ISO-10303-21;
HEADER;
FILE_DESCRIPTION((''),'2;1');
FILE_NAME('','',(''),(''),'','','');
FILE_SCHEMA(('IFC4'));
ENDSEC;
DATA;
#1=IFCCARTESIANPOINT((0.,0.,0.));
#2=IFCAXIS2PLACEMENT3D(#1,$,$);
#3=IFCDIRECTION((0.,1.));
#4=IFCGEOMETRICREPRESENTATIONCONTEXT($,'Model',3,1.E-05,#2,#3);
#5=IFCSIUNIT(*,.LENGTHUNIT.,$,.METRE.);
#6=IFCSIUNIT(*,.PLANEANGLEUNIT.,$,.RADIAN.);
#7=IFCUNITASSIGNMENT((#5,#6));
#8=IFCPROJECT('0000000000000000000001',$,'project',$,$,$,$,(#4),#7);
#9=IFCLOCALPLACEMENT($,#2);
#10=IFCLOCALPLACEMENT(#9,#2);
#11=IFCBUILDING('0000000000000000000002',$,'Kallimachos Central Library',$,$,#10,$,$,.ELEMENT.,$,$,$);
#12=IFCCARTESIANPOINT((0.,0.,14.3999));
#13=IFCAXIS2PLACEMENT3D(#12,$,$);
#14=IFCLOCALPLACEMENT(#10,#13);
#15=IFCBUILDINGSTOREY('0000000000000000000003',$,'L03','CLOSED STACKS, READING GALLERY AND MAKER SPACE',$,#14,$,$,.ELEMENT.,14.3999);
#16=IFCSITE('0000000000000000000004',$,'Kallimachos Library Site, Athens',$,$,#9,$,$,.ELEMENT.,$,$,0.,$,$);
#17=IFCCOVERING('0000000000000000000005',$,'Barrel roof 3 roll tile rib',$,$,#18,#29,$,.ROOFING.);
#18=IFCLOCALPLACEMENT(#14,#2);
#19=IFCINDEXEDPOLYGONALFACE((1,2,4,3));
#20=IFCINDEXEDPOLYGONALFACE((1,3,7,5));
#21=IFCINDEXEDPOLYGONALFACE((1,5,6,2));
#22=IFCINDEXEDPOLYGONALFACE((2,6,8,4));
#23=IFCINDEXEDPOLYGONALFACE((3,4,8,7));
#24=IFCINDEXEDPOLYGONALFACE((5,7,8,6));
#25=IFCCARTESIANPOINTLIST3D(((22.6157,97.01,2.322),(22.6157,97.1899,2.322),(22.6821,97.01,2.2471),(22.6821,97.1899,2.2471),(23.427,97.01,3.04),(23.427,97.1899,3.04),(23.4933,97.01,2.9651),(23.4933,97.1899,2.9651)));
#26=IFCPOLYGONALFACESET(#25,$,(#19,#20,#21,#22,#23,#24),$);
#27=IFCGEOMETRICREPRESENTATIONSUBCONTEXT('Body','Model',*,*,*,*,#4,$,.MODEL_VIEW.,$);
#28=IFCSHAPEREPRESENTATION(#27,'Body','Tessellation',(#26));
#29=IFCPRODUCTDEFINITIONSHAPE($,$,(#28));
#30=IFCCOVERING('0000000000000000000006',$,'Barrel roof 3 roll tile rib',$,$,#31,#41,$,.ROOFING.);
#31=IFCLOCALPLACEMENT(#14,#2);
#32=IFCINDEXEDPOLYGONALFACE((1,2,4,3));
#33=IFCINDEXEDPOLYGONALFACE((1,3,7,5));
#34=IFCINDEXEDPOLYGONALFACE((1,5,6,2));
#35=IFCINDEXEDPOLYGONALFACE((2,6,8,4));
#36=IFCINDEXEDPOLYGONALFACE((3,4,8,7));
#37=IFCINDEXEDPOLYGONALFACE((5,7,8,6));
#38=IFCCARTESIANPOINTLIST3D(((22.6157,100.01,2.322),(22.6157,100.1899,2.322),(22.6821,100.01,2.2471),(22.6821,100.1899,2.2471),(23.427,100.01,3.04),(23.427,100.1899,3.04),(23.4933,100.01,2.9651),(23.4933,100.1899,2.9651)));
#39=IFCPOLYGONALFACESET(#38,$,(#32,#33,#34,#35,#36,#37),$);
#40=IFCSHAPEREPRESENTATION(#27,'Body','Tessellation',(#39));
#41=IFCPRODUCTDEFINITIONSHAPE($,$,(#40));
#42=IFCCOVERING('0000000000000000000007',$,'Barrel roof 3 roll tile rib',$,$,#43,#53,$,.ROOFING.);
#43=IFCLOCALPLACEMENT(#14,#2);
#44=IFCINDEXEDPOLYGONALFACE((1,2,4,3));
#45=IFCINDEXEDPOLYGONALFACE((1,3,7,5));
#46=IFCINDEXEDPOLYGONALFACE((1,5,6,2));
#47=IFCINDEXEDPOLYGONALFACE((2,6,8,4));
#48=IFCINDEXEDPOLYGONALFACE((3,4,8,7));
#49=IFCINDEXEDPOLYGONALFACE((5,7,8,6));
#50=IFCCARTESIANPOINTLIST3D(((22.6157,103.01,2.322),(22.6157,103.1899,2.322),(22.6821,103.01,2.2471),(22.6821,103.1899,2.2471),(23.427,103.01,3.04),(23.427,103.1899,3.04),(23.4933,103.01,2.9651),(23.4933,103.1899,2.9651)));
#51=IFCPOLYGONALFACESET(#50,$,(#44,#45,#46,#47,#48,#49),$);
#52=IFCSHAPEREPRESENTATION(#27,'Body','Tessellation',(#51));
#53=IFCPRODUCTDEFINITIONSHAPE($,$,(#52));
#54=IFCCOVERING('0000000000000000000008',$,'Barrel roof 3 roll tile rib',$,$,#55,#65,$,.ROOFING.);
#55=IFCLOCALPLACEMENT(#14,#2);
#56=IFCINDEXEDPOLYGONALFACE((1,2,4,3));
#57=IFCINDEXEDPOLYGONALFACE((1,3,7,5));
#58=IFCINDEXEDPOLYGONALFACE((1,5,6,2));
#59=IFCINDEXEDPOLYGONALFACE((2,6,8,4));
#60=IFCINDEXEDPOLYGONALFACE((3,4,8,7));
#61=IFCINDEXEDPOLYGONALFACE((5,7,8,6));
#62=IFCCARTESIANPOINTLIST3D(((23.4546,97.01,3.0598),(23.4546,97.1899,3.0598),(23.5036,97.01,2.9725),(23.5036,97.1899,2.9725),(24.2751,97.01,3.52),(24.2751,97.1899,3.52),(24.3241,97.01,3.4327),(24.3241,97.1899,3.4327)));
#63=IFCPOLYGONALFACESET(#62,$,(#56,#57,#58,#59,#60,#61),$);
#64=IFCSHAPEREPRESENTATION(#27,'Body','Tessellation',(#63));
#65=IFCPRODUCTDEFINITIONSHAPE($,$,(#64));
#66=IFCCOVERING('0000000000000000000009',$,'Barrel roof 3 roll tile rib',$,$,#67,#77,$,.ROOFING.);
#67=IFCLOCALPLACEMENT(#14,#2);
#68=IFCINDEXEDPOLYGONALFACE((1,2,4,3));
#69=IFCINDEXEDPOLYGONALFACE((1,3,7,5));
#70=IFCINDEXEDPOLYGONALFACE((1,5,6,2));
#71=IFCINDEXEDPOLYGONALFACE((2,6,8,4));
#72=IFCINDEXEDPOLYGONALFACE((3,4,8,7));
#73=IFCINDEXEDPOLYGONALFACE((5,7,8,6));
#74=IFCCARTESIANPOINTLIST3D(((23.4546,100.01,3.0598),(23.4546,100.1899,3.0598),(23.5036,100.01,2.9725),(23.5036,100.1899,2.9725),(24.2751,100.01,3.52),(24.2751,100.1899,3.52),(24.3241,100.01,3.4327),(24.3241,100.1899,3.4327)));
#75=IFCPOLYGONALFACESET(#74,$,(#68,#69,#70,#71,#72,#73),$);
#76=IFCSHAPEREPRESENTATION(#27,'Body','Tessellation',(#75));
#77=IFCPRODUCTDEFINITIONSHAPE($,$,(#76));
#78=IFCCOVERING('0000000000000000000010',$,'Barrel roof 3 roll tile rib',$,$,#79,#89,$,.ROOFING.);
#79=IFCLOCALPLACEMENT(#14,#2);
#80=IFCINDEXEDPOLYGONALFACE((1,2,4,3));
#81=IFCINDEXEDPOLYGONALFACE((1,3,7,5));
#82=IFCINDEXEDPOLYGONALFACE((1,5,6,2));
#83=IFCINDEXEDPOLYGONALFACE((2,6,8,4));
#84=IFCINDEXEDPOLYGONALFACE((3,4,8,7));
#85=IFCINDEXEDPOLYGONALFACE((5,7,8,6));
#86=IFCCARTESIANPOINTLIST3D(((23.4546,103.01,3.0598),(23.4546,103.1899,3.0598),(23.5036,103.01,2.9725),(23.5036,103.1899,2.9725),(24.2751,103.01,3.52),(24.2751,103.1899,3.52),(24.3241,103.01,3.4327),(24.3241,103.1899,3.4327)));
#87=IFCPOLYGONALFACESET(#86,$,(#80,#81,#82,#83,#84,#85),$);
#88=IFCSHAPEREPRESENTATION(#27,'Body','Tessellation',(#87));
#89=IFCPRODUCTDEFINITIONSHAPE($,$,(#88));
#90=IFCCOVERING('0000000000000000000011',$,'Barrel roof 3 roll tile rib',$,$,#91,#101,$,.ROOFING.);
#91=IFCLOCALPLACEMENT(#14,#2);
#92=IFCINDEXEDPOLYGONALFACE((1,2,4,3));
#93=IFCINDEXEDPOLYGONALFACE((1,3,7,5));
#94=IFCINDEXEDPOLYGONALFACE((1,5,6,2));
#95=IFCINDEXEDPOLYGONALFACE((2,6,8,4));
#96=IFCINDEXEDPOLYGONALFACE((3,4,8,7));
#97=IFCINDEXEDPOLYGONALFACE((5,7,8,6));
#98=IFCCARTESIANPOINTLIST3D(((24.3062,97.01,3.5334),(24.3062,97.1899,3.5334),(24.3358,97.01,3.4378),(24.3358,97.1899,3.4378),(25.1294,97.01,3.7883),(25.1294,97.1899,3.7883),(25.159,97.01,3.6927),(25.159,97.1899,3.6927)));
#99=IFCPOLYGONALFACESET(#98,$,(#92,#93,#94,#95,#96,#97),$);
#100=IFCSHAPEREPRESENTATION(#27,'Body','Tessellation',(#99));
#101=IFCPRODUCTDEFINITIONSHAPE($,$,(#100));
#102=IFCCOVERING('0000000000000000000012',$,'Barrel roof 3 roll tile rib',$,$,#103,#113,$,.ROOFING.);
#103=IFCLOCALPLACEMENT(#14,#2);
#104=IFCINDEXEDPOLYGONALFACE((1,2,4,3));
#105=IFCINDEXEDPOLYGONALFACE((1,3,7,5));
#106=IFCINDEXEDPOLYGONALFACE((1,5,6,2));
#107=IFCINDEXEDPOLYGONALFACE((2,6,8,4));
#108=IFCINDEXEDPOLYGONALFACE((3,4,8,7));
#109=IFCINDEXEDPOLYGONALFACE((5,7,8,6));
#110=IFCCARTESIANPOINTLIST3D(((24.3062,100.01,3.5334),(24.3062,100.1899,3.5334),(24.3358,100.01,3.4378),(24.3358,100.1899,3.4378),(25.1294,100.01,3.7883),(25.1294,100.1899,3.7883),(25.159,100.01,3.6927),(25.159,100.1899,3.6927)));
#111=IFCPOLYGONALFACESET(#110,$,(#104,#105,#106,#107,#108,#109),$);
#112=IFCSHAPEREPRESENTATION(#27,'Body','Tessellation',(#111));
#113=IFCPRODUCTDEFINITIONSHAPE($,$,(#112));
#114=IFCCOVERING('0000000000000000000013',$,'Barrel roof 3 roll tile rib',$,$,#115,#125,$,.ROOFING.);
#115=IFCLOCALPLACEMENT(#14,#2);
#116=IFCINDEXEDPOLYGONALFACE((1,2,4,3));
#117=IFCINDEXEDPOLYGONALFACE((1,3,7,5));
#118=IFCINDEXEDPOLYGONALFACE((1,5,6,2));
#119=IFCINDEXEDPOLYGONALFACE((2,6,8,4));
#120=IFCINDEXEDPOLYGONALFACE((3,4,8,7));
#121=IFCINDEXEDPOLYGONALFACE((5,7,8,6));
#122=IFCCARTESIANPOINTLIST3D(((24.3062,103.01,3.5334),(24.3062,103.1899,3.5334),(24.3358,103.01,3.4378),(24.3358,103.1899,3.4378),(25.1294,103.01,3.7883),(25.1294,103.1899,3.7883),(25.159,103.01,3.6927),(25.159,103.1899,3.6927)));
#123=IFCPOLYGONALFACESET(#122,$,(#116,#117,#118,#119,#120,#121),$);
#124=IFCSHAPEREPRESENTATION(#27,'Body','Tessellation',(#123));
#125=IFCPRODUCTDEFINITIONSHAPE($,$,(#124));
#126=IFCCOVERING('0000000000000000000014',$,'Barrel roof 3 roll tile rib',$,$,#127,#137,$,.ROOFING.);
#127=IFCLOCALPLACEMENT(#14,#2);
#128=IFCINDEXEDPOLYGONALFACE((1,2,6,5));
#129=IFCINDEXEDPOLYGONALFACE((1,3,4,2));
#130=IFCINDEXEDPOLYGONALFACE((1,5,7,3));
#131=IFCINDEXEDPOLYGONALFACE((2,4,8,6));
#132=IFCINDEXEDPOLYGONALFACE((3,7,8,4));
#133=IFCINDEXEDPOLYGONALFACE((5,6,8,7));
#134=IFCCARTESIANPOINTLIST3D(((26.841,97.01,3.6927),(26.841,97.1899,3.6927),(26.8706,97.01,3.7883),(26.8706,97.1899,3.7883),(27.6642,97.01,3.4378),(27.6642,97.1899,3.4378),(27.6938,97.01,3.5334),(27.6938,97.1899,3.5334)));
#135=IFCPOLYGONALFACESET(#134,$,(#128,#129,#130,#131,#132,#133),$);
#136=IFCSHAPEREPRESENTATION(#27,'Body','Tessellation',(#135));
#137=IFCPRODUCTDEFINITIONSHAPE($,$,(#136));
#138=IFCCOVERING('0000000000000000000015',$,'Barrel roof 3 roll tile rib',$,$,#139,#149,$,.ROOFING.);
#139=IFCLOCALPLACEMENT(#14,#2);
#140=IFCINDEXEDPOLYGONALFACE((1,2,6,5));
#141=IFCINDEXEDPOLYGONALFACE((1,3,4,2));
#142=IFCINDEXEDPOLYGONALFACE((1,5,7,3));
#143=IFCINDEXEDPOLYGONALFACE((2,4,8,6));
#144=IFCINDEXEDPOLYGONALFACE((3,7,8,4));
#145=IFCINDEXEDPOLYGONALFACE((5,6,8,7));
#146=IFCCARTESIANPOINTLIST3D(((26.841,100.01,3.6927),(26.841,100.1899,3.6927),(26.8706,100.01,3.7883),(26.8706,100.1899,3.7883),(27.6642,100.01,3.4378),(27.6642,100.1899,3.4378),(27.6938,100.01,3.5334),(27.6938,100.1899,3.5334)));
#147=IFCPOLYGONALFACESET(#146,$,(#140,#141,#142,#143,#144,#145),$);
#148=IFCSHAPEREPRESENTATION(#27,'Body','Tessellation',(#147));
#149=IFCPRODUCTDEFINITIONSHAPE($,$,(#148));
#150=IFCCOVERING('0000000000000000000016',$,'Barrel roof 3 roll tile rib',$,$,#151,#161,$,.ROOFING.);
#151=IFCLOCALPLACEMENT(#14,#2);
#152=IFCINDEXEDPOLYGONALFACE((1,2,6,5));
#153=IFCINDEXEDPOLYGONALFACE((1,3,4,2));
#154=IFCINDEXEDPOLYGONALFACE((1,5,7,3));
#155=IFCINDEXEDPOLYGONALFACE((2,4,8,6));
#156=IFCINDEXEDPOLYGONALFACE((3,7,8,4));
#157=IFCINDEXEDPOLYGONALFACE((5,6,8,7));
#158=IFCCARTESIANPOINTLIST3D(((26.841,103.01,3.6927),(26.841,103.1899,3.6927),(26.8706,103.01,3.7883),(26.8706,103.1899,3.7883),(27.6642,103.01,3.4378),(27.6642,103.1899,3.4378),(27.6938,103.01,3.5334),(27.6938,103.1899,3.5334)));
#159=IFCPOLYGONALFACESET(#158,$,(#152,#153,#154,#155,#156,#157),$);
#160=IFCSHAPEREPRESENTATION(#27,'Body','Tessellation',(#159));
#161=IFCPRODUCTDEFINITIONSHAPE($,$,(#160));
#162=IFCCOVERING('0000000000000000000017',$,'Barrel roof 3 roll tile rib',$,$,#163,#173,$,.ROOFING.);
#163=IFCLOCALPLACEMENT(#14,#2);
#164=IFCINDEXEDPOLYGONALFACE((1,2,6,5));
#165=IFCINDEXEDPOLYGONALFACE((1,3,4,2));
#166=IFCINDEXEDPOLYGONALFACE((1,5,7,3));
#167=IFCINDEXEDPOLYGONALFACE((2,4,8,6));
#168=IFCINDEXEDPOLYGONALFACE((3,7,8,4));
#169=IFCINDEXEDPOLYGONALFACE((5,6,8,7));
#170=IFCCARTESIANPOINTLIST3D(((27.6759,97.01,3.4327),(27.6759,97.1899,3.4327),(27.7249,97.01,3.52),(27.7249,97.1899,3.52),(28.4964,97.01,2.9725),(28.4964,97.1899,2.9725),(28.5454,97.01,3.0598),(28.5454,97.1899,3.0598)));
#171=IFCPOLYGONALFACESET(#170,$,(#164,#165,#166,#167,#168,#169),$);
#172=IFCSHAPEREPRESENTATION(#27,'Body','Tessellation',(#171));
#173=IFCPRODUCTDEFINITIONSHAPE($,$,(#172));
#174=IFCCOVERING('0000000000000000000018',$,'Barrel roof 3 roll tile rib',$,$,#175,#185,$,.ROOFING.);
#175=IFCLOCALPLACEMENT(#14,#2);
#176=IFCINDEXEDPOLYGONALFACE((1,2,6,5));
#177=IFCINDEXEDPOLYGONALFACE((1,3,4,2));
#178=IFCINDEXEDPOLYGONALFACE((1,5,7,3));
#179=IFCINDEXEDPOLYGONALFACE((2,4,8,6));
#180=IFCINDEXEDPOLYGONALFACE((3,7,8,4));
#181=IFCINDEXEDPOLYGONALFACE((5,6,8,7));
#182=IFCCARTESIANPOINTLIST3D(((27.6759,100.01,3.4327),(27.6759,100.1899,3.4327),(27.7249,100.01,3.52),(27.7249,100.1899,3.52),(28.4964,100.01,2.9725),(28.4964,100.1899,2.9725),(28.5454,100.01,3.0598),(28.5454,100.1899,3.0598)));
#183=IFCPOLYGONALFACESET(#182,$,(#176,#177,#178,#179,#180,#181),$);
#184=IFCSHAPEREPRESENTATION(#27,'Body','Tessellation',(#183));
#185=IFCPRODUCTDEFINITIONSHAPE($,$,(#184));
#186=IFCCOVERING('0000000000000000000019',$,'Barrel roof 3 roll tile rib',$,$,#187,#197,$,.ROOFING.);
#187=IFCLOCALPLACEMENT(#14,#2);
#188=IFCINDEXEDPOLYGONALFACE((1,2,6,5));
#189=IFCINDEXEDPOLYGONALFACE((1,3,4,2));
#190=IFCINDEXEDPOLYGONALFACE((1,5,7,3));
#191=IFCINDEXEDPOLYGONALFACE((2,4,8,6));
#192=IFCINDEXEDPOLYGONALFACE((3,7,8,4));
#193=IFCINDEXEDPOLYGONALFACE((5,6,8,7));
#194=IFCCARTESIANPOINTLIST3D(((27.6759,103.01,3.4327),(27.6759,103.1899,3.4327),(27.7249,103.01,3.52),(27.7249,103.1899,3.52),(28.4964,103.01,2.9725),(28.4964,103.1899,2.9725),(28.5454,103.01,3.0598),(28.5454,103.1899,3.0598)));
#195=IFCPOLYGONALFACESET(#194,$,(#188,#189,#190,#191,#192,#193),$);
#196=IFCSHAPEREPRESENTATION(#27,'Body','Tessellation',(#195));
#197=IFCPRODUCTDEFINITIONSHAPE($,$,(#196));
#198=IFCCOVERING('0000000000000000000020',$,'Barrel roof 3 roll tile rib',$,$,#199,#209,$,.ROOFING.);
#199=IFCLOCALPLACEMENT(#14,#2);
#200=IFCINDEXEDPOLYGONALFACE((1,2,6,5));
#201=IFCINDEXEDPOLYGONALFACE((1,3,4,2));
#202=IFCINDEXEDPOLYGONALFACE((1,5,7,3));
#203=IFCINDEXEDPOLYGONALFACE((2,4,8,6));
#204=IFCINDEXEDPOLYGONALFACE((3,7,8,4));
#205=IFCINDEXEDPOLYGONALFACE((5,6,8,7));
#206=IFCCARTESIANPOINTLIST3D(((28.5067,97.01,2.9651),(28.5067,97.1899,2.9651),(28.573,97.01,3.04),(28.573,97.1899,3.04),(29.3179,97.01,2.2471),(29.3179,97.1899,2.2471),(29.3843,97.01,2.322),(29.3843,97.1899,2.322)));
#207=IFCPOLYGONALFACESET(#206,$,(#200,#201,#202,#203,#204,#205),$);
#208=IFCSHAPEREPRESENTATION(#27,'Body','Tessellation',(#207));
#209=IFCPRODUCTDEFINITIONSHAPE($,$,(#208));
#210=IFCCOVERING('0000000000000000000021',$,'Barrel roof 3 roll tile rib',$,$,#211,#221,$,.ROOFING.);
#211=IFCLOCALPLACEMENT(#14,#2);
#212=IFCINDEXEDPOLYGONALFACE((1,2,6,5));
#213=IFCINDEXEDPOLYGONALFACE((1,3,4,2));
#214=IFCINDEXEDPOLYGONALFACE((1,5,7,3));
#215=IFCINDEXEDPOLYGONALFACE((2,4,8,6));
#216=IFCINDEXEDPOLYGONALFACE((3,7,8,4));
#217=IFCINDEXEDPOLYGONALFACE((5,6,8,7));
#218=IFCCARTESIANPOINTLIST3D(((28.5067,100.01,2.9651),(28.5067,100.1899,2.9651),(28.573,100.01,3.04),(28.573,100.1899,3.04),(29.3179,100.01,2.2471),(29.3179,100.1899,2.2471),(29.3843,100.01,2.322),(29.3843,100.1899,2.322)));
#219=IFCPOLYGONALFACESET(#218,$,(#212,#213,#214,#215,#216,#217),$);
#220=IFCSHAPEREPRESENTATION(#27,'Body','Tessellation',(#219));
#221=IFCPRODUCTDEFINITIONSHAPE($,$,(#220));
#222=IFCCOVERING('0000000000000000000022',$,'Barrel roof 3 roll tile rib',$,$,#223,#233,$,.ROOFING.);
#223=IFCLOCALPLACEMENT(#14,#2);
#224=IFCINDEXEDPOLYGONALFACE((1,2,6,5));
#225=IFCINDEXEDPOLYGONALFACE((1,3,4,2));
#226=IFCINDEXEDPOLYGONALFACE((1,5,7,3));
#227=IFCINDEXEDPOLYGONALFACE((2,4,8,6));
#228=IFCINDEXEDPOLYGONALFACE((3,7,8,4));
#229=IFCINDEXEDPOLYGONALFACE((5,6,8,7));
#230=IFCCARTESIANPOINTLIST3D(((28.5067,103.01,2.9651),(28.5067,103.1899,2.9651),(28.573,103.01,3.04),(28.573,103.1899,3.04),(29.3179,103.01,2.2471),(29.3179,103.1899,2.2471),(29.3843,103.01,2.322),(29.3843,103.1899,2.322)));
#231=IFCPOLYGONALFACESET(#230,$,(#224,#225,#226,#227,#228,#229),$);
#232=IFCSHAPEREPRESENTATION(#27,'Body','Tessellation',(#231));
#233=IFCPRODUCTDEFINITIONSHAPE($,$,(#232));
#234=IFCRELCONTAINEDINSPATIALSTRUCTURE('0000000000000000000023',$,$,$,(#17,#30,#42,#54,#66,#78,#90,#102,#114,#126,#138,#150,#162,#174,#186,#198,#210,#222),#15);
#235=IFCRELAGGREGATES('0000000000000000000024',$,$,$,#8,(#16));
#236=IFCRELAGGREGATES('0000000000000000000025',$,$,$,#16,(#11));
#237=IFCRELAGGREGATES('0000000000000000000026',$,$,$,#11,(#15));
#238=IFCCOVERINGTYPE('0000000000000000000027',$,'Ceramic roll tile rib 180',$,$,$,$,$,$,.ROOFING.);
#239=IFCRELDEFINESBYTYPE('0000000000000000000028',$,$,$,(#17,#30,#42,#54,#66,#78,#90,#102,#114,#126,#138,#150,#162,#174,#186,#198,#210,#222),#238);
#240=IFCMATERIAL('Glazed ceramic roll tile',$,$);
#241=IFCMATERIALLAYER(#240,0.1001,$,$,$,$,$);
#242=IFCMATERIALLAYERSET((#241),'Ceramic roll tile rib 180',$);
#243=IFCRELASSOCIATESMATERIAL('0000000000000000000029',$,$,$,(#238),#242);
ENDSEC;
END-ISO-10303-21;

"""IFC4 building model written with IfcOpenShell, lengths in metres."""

from ifc_helpers import new_model, si_unit, direction, frame, origin, place, context, subcontext, project, spatial, polyline, outline, extrude, material, layer, layer_set, type_object, element, save


model = new_model("IFC4")

# Units and contexts
model_context = context("Model", 3, precision=1e-05, world=origin(), true_north=direction((0.0, 1.0)))
body_context = subcontext(model_context, "Body", "Model", "MODEL_VIEW")
ifc_project = project(units=[si_unit("LENGTHUNIT", "METRE"), si_unit("PLANEANGLEUNIT", "RADIAN")], contexts=[model_context])

# Site, building, storey
site_placement = place(None, origin())
site = spatial("IfcSite", under=ifc_project, at=site_placement, Name="Kallimachos Library Site, Athens", CompositionType="ELEMENT", RefElevation=0.0)
building_placement = place(site_placement, origin())
building = spatial("IfcBuilding", under=site, at=building_placement, Name="Kallimachos Central Library", CompositionType="ELEMENT")
storey_placement = place(building_placement, frame((0.0, 0.0, 14.3999)))
storey = spatial("IfcBuildingStorey", under=building, at=storey_placement, Name="L03", Description="CLOSED STACKS, READING GALLERY AND MAKER SPACE", CompositionType="ELEMENT", Elevation=14.3999)

# Coverings
ifc_material_1 = material(Name="Glazed ceramic roll tile")
ifc_layer_1 = layer(ifc_material_1, 0.1001)
ifc_layer_set_1 = layer_set([ifc_layer_1], Name="Ceramic roll tile rib 180")
covering_type_1 = type_object("IfcCoveringType", Name="Ceramic roll tile rib 180", PredefinedType="ROOFING", material=ifc_layer_set_1)
for number, where, z_axis, x_axis, name in (
    (1, (22.6157, 97.01, 2.322), (-0.662754, 0.0, 0.748837), (0.748837, 0.0, 0.662754), "Barrel roof 3 roll tile rib"),
    (2, (22.6157, 100.01, 2.322), (-0.662754, 0.0, 0.748837), (0.748837, 0.0, 0.662754), "Barrel roof 3 roll tile rib"),
    (3, (22.6157, 103.01, 2.322), (-0.662754, 0.0, 0.748837), (0.748837, 0.0, 0.662754), "Barrel roof 3 roll tile rib"),
):
    element("IfcCovering", number, at=place(storey_placement, frame(where, z_axis=z_axis, x_axis=x_axis)), inside=storey, type_object=covering_type_1, Name=name, PredefinedType="ROOFING", context=body_context, shape_type="SweptSolid", body=[
        extrude(outline(polyline([(0.0, 0.0), (1.0834, 0.0), (1.0834, 0.1799), (0.0, 0.1799), (0.0, 0.0)])), origin(), (0.0, 0.0, -1.0), 0.1001),
    ])
for number, where, z_axis, x_axis, name in (
    (4, (23.4546, 97.01, 3.0598), (-0.489164, 0.0, 0.872192), (0.872192, 0.0, 0.489164), "Barrel roof 3 roll tile rib"),
    (5, (23.4546, 100.01, 3.0598), (-0.489164, 0.0, 0.872192), (0.872192, 0.0, 0.489164), "Barrel roof 3 roll tile rib"),
    (6, (23.4546, 103.01, 3.0598), (-0.489164, 0.0, 0.872192), (0.872192, 0.0, 0.489164), "Barrel roof 3 roll tile rib"),
):
    element("IfcCovering", number, at=place(storey_placement, frame(where, z_axis=z_axis, x_axis=x_axis)), inside=storey, type_object=covering_type_1, Name=name, PredefinedType="ROOFING", context=body_context, shape_type="SweptSolid", body=[
        extrude(outline(polyline([(0.0, 0.0), (0.9408, 0.0), (0.9408, 0.1799), (0.0, 0.1799), (0.0, 0.0)])), origin(), (0.0, 0.0, -1.0), 0.1001),
    ])
for number, where, z_axis, x_axis, name in (
    (7, (24.3062, 97.01, 3.5334), (-0.295758, 0.0, 0.955263), (0.955263, 0.0, 0.295758), "Barrel roof 3 roll tile rib"),
    (8, (24.3062, 100.01, 3.5334), (-0.295758, 0.0, 0.955263), (0.955263, 0.0, 0.295758), "Barrel roof 3 roll tile rib"),
    (9, (24.3062, 103.01, 3.5334), (-0.295758, 0.0, 0.955263), (0.955263, 0.0, 0.295758), "Barrel roof 3 roll tile rib"),
    (10, (26.8706, 97.01, 3.7883), (0.295758, 0.0, 0.955263), (0.955263, 0.0, -0.295758), "Barrel roof 3 roll tile rib"),
    (11, (26.8706, 100.01, 3.7883), (0.295758, 0.0, 0.955263), (0.955263, 0.0, -0.295758), "Barrel roof 3 roll tile rib"),
    (12, (26.8706, 103.01, 3.7883), (0.295758, 0.0, 0.955263), (0.955263, 0.0, -0.295758), "Barrel roof 3 roll tile rib"),
):
    element("IfcCovering", number, at=place(storey_placement, frame(where, z_axis=z_axis, x_axis=x_axis)), inside=storey, type_object=covering_type_1, Name=name, PredefinedType="ROOFING", context=body_context, shape_type="SweptSolid", body=[
        extrude(outline(polyline([(0.0, 0.0), (0.8618, 0.0), (0.8618, 0.1799), (0.0, 0.1799), (0.0, 0.0)])), origin(), (0.0, 0.0, -1.0), 0.1001),
    ])
for number, where, z_axis, x_axis, name in (
    (13, (27.7249, 97.01, 3.52), (0.489164, 0.0, 0.872192), (0.872192, 0.0, -0.489164), "Barrel roof 3 roll tile rib"),
    (14, (27.7249, 100.01, 3.52), (0.489164, 0.0, 0.872192), (0.872192, 0.0, -0.489164), "Barrel roof 3 roll tile rib"),
    (15, (27.7249, 103.01, 3.52), (0.489164, 0.0, 0.872192), (0.872192, 0.0, -0.489164), "Barrel roof 3 roll tile rib"),
):
    element("IfcCovering", number, at=place(storey_placement, frame(where, z_axis=z_axis, x_axis=x_axis)), inside=storey, type_object=covering_type_1, Name=name, PredefinedType="ROOFING", context=body_context, shape_type="SweptSolid", body=[
        extrude(outline(polyline([(0.0, 0.0), (0.9408, 0.0), (0.9408, 0.1799), (0.0, 0.1799), (0.0, 0.0)])), origin(), (0.0, 0.0, -1.0), 0.1001),
    ])
for number, where, z_axis, x_axis, name in (
    (16, (28.573, 97.01, 3.04), (0.662754, 0.0, 0.748837), (0.748837, 0.0, -0.662754), "Barrel roof 3 roll tile rib"),
    (17, (28.573, 100.01, 3.04), (0.662754, 0.0, 0.748837), (0.748837, 0.0, -0.662754), "Barrel roof 3 roll tile rib"),
    (18, (28.573, 103.01, 3.04), (0.662754, 0.0, 0.748837), (0.748837, 0.0, -0.662754), "Barrel roof 3 roll tile rib"),
):
    element("IfcCovering", number, at=place(storey_placement, frame(where, z_axis=z_axis, x_axis=x_axis)), inside=storey, type_object=covering_type_1, Name=name, PredefinedType="ROOFING", context=body_context, shape_type="SweptSolid", body=[
        extrude(outline(polyline([(0.0, 0.0), (1.0834, 0.0), (1.0834, 0.1799), (0.0, 0.1799), (0.0, 0.0)])), origin(), (0.0, 0.0, -1.0), 0.1001),
    ])

save(model, "model.ifc")
